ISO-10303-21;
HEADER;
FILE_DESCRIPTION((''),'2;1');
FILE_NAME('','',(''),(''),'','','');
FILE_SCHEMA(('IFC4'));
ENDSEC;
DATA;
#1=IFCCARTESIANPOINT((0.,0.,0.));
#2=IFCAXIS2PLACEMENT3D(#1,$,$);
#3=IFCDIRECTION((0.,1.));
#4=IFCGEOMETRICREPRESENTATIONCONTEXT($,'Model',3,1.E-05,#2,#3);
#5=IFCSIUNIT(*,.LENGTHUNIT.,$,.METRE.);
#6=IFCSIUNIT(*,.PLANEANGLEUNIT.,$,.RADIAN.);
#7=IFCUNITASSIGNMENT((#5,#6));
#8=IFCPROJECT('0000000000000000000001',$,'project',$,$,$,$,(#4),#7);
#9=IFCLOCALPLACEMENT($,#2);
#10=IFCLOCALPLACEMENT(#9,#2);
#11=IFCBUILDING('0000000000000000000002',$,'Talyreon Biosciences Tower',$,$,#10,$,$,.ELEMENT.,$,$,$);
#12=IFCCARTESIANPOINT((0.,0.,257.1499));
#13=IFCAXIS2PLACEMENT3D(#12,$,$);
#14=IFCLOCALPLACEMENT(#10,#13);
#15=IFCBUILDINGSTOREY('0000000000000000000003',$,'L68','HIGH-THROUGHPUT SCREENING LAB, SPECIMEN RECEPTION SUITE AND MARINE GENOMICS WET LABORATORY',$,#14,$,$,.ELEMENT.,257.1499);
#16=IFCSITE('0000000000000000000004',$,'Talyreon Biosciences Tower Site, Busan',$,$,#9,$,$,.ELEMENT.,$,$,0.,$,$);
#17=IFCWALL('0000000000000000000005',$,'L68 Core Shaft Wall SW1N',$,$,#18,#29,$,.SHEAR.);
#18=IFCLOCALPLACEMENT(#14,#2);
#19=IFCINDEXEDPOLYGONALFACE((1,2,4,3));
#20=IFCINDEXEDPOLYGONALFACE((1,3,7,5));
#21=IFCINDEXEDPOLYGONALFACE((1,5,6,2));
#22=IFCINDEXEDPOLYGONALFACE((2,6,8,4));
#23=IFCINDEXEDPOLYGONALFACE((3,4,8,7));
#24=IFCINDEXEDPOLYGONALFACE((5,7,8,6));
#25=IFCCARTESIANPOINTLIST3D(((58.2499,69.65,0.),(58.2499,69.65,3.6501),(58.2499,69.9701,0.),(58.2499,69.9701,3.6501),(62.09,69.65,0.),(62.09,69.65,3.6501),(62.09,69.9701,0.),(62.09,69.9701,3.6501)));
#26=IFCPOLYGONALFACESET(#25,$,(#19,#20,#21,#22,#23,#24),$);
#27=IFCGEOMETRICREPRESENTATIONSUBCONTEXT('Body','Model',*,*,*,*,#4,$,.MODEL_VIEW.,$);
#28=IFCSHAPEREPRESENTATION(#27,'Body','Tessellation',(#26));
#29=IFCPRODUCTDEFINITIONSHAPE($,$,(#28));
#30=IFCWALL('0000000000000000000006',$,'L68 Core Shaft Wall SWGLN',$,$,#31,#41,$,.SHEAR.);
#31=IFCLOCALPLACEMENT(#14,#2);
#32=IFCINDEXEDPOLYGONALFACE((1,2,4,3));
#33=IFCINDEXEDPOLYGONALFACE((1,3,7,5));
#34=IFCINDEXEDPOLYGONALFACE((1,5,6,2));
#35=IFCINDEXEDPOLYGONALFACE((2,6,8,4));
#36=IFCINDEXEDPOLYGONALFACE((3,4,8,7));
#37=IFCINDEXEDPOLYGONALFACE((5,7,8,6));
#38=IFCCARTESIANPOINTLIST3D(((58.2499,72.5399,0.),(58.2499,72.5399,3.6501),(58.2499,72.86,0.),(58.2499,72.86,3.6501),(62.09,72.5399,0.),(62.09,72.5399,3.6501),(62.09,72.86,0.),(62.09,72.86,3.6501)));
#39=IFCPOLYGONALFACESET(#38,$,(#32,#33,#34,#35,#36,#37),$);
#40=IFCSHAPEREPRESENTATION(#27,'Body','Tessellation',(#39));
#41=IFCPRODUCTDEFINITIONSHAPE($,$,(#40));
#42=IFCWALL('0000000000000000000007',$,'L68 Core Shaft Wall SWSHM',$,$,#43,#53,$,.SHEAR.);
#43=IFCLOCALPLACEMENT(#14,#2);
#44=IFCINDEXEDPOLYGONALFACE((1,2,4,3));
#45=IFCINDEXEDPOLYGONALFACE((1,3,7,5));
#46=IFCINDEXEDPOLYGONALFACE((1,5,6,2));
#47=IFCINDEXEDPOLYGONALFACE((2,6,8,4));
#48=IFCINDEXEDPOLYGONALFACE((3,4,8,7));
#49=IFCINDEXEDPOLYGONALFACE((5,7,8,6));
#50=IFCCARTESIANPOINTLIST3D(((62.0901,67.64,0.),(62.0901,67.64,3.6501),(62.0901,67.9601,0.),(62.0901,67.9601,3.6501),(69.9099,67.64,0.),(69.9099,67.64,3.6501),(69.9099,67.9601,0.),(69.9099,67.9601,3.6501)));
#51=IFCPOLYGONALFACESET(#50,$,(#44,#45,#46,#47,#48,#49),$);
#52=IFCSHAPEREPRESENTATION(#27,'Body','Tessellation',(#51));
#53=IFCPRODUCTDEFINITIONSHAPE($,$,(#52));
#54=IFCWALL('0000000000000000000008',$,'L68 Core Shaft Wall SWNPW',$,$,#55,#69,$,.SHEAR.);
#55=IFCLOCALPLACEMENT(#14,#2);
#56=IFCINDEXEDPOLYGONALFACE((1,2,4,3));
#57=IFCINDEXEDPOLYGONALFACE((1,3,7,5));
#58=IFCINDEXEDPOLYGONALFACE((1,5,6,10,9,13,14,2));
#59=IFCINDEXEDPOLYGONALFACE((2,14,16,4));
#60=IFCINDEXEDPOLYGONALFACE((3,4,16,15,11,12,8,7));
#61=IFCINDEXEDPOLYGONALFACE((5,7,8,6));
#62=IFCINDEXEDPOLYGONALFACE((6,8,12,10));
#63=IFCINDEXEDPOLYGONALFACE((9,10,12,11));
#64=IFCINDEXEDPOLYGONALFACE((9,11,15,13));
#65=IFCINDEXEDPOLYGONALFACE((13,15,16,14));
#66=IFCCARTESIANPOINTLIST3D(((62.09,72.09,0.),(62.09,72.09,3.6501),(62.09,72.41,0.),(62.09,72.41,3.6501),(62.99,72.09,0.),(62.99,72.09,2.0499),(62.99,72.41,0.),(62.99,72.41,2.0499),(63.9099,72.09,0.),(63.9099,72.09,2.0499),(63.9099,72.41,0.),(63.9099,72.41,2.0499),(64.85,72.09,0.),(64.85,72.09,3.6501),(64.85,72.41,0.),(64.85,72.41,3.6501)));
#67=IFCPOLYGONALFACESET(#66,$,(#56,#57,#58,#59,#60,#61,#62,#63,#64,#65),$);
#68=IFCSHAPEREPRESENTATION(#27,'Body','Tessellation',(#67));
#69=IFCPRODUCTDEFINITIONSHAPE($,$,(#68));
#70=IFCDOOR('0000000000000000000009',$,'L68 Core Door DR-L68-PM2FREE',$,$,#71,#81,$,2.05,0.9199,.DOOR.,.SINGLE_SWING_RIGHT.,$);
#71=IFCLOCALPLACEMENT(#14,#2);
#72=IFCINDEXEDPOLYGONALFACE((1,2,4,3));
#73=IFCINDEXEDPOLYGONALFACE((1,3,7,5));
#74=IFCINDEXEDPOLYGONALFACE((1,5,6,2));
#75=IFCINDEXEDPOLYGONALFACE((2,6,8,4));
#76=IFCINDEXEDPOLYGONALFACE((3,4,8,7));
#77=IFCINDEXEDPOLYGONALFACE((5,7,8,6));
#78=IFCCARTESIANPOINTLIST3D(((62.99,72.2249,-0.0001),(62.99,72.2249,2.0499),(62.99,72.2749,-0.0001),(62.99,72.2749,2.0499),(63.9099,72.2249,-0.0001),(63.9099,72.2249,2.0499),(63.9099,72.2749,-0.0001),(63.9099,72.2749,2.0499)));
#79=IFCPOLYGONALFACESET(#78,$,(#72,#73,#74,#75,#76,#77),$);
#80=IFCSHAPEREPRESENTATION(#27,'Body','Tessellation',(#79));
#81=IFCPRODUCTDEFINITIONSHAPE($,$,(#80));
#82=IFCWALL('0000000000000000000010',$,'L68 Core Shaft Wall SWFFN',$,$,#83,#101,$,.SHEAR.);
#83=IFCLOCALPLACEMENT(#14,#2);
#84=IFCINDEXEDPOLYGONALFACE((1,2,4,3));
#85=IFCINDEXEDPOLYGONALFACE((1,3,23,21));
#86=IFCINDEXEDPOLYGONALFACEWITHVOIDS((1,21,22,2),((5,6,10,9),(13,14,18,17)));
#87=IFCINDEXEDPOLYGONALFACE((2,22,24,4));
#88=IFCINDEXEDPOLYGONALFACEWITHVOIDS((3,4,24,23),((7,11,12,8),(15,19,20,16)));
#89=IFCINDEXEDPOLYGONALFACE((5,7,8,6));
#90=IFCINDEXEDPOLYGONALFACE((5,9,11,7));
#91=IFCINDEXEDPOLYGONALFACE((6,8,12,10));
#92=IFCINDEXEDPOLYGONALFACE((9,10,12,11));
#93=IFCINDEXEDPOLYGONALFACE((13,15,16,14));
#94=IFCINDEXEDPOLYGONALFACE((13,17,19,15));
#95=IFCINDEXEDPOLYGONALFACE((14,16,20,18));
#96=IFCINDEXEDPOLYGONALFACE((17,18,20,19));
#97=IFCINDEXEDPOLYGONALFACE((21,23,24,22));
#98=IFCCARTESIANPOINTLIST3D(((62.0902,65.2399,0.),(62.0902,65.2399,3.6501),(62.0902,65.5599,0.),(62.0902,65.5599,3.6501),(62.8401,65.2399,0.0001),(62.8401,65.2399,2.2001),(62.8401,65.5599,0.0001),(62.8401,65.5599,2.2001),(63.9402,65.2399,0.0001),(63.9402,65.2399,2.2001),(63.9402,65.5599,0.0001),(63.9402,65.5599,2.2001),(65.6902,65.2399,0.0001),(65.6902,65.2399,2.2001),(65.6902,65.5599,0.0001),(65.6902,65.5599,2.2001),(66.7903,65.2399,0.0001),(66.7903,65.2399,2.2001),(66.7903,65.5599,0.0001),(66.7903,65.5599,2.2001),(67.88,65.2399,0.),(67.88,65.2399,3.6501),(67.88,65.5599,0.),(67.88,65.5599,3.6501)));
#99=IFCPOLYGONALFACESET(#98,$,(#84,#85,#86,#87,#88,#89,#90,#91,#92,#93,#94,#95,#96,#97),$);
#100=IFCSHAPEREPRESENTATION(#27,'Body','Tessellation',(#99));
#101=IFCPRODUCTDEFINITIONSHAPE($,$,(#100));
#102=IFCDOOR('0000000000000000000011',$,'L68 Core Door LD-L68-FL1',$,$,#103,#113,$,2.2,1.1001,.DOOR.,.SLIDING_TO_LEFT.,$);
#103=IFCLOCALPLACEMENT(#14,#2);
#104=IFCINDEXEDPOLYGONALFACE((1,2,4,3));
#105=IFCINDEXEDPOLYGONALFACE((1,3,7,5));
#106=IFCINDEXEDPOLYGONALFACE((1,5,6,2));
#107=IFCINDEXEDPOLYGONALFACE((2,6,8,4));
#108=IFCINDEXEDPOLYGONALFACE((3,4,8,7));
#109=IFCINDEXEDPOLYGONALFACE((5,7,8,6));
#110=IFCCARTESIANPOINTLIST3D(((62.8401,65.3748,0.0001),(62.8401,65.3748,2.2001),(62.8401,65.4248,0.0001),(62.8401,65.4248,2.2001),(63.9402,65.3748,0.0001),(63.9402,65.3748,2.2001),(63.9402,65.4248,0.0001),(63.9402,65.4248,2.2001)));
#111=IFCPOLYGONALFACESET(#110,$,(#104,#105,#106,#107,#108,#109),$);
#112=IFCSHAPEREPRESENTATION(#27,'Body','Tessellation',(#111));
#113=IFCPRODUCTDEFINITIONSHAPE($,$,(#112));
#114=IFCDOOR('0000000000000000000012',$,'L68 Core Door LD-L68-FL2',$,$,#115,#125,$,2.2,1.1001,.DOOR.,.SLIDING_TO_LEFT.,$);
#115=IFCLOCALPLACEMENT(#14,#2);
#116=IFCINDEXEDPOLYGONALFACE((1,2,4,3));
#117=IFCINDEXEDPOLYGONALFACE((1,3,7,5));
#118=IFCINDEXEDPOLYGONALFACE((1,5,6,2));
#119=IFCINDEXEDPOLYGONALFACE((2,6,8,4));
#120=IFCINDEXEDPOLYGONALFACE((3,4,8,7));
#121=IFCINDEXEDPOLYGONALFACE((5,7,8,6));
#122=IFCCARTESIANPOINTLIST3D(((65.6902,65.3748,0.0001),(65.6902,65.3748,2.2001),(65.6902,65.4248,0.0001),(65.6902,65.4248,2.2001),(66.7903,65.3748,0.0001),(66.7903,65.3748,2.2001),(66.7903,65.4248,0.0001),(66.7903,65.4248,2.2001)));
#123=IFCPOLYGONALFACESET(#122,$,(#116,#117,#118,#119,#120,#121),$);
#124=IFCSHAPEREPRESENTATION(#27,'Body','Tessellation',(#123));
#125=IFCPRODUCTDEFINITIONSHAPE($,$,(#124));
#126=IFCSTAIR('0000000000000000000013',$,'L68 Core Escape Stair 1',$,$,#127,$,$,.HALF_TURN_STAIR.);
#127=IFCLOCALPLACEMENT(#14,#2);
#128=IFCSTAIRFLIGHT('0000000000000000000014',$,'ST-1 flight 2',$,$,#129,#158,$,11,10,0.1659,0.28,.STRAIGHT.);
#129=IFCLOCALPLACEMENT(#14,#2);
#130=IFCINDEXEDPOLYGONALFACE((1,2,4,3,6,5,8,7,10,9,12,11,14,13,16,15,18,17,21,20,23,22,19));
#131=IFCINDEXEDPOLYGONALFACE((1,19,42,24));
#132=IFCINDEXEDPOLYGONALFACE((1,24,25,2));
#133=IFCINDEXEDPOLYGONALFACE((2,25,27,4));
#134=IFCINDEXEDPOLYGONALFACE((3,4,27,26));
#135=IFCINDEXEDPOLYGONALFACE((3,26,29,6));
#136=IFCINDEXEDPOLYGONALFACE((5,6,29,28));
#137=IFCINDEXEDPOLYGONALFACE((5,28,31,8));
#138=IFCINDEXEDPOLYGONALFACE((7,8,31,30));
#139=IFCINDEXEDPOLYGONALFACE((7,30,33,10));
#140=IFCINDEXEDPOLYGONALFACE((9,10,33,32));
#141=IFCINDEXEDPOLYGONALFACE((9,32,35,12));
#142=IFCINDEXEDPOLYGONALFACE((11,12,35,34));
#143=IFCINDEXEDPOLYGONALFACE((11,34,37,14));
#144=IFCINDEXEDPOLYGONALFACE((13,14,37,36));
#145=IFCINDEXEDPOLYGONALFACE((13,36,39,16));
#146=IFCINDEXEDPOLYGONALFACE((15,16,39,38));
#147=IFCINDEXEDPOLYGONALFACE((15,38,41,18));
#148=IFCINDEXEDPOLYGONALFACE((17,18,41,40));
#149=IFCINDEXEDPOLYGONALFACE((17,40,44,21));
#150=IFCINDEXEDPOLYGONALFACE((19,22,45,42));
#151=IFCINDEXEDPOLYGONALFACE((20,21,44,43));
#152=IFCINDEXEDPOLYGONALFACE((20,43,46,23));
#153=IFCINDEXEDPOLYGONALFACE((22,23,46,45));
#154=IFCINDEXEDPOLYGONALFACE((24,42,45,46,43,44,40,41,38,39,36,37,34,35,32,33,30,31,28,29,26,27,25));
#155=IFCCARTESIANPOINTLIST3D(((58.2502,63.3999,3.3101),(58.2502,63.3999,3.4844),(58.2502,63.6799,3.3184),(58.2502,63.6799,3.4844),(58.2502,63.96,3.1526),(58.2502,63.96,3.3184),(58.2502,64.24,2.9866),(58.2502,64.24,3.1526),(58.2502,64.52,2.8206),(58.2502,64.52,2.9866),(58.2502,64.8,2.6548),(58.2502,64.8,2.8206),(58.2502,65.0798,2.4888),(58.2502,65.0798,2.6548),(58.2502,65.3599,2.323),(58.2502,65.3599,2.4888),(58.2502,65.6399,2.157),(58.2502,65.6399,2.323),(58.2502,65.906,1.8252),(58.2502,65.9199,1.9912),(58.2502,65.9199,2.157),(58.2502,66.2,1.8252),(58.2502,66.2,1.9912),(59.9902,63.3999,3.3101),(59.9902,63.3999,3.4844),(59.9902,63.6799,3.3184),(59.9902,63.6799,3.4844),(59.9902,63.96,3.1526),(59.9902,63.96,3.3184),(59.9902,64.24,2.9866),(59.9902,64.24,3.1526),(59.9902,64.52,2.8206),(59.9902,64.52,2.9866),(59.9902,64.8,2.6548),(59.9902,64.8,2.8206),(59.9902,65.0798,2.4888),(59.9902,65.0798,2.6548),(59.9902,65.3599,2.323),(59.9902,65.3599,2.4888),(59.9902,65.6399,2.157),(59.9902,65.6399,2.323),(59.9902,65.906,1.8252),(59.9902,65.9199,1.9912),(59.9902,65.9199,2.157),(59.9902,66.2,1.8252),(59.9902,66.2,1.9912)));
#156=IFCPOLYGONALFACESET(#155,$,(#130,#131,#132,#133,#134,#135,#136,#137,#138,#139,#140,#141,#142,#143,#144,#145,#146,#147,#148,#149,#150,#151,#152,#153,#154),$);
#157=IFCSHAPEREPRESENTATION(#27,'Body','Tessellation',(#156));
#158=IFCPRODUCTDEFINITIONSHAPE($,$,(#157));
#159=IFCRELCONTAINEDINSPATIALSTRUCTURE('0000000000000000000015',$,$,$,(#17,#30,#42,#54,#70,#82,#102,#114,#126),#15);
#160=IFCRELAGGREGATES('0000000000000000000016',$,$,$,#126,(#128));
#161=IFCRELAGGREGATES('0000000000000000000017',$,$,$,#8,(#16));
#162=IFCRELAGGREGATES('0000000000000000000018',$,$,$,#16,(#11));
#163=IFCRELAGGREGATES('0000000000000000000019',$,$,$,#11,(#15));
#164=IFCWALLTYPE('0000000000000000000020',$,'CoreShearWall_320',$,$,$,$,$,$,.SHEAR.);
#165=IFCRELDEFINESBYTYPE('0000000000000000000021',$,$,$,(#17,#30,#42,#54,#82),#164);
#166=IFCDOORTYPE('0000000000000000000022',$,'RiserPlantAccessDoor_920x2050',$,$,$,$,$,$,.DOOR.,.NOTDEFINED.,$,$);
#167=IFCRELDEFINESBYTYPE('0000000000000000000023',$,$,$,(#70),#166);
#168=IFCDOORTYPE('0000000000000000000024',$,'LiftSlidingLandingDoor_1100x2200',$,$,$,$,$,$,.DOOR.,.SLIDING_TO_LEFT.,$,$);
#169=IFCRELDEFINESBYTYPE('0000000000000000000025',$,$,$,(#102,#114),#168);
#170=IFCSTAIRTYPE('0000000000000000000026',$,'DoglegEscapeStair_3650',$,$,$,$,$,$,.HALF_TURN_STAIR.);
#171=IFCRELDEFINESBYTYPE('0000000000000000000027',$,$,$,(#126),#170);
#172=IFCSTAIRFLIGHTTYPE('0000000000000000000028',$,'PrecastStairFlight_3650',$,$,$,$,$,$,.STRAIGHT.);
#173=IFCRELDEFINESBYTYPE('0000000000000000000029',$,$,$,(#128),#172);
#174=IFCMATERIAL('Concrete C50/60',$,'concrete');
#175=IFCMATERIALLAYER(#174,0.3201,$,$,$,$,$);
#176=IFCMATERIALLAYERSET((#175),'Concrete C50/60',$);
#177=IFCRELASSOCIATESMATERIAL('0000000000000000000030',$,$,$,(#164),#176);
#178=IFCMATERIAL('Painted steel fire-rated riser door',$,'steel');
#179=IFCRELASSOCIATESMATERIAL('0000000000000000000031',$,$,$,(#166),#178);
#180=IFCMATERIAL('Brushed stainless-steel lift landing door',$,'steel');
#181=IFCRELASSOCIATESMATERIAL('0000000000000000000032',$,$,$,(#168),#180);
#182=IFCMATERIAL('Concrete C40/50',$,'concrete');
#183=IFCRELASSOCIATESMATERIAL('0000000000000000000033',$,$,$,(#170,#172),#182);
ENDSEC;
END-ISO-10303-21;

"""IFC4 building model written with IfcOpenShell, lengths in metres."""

from ifc_helpers import new_model, si_unit, direction, frame, frame_2d, origin, place, context, subcontext, project, spatial, polyline, rectangle, outline, extrude, material, layer, layer_set, type_object, element, fill, aggregate, save


model = new_model("IFC4")

# Units and contexts
model_context = context("Model", 3, precision=1e-05, world=origin(), true_north=direction((0.0, 1.0)))
body_context = subcontext(model_context, "Body", "Model", "MODEL_VIEW")
ifc_project = project(units=[si_unit("LENGTHUNIT", "METRE"), si_unit("PLANEANGLEUNIT", "RADIAN")], contexts=[model_context])

# Site, building, storey
site_placement = place(None, origin())
site = spatial("IfcSite", under=ifc_project, at=site_placement, Name="Talyreon Biosciences Tower Site, Busan", CompositionType="ELEMENT", RefElevation=0.0)
building_placement = place(site_placement, origin())
building = spatial("IfcBuilding", under=site, at=building_placement, Name="Talyreon Biosciences Tower", CompositionType="ELEMENT")
storey_placement = place(building_placement, frame((0.0, 0.0, 257.1499)))
storey = spatial("IfcBuildingStorey", under=building, at=storey_placement, Name="L68", Description="HIGH-THROUGHPUT SCREENING LAB, SPECIMEN RECEPTION SUITE AND MARINE GENOMICS WET LABORATORY", CompositionType="ELEMENT", Elevation=257.1499)

# Walls
ifc_material_1 = material(Name="Concrete C50/60", Category="concrete")
ifc_layer = layer(ifc_material_1, 0.3201)
ifc_layer_set = layer_set([ifc_layer], Name="Concrete C50/60")
wall_type = type_object("IfcWallType", Name="CoreShearWall_320", PredefinedType="SHEAR", material=ifc_layer_set)
for number, where, z_axis, x_axis, name in (
    (1, (58.25, 69.8101, 0.0), (0.0, 0.0, 1.0), (1.0, 0.0, 0.0), "L68 Core Shaft Wall SW1N"),
    (2, (58.25, 72.7, 0.0), (0.0, 0.0, 1.0), (1.0, 0.0, 0.0), "L68 Core Shaft Wall SWGLN"),
):
    element("IfcWall", number, at=place(storey_placement, frame(where, z_axis=z_axis, x_axis=x_axis)), inside=storey, type_object=wall_type, Name=name, PredefinedType="SHEAR", context=body_context, shape_type="SweptSolid", body=[
        extrude(rectangle(XDim=3.8401, YDim=0.3201, at=frame_2d((1.9199, 0.0))), origin(), (0.0, 0.0, 1.0), 3.6501),
    ])
wall_1_placement = place(storey_placement, frame((62.0901, 67.8, 0.0), z_axis=(0.0, 0.0, 1.0), x_axis=(1.0, 0.0, 0.0)))
element("IfcWall", 3, at=wall_1_placement, inside=storey, type_object=wall_type, Name="L68 Core Shaft Wall SWSHM", PredefinedType="SHEAR", context=body_context, shape_type="SweptSolid", body=[
    extrude(rectangle(XDim=7.8198, YDim=0.3201, at=frame_2d((3.9099, 0.0))), origin(), (0.0, 0.0, 1.0), 3.6501),
])

# Wall, opening, door
wall_2_placement = place(storey_placement, frame((62.0901, 72.25, 0.0), z_axis=(0.0, 0.0, 1.0), x_axis=(1.0, 0.0, 0.0)))
wall_2 = element("IfcWall", 4, at=wall_2_placement, inside=storey, type_object=wall_type, Name="L68 Core Shaft Wall SWNPW", PredefinedType="SHEAR", context=body_context, shape_type="SweptSolid", body=[
    extrude(rectangle(XDim=2.76, YDim=0.3201, at=frame_2d((1.3799, 0.0))), origin(), (0.0, 0.0, 1.0), 3.6501),
])
opening_1_placement = place(wall_2_placement, frame((0.8999, 0.0, 0.0)))
opening_1 = element("IfcOpeningElement", 5, at=opening_1_placement, cuts=wall_2, PredefinedType="OPENING", context=body_context, shape_type="SweptSolid", body=[
    extrude(rectangle(XDim=0.9199, YDim=2.05, at=frame_2d((0.46, 1.0249))), frame((0.0, 0.1699, 0.0), z_axis=(0.0, -1.0, 0.0), x_axis=(1.0, 0.0, 0.0)), (0.0, 0.0, 1.0), 0.3401),
])
ifc_material_2 = material(Name="Painted steel fire-rated riser door", Category="steel")
door_type_1 = type_object("IfcDoorType", Name="RiserPlantAccessDoor_920x2050", OperationType="NOTDEFINED", PredefinedType="DOOR", material=ifc_material_2)
door_1_placement = place(opening_1_placement, origin())
door_1 = element("IfcDoor", 6, at=door_1_placement, inside=storey, type_object=door_type_1, Name="L68 Core Door DR-L68-PM2FREE", OperationType="SINGLE_SWING_RIGHT", OverallHeight=2.05, OverallWidth=0.9199, PredefinedType="DOOR", context=body_context, shape_type="SweptSolid", body=[
    extrude(rectangle(XDim=0.9199, YDim=2.05, at=frame_2d((0.46, 1.0249))), frame((0.0, 0.0249, 0.0), z_axis=(0.0, -1.0, 0.0), x_axis=(1.0, 0.0, 0.0)), (0.0, 0.0, 1.0), 0.05),
])
fill(opening_1, door_1)

# Wall, openings, doors
wall_3_placement = place(storey_placement, frame((62.0901, 65.3999, 0.0), z_axis=(0.0, 0.0, 1.0), x_axis=(1.0, 0.0, 0.0)))
wall_3 = element("IfcWall", 7, at=wall_3_placement, inside=storey, type_object=wall_type, Name="L68 Core Shaft Wall SWFFN", PredefinedType="SHEAR", context=body_context, shape_type="SweptSolid", body=[
    extrude(rectangle(XDim=5.7898, YDim=0.3201, at=frame_2d((2.895, 0.0))), origin(), (0.0, 0.0, 1.0), 3.6501),
])
opening_2_placement = place(wall_3_placement, frame((0.75, 0.0, 0.0)))
opening_2 = element("IfcOpeningElement", 8, at=opening_2_placement, cuts=wall_3, PredefinedType="OPENING", context=body_context, shape_type="SweptSolid", body=[
    extrude(rectangle(XDim=1.1001, YDim=2.2, at=frame_2d((0.55, 1.1001))), frame((0.0, 0.1699, 0.0), z_axis=(0.0, -1.0, 0.0), x_axis=(1.0, 0.0, 0.0)), (0.0, 0.0, 1.0), 0.3401),
])
opening_3_placement = place(wall_3_placement, frame((3.6001, 0.0, 0.0)))
opening_3 = element("IfcOpeningElement", 9, at=opening_3_placement, cuts=wall_3, PredefinedType="OPENING", context=body_context, shape_type="SweptSolid", body=[
    extrude(rectangle(XDim=1.1001, YDim=2.2, at=frame_2d((0.55, 1.1001))), frame((0.0, 0.1699, 0.0), z_axis=(0.0, -1.0, 0.0), x_axis=(1.0, 0.0, 0.0)), (0.0, 0.0, 1.0), 0.3401),
])
ifc_material_3 = material(Name="Brushed stainless-steel lift landing door", Category="steel")
door_type_2 = type_object("IfcDoorType", Name="LiftSlidingLandingDoor_1100x2200", OperationType="SLIDING_TO_LEFT", PredefinedType="DOOR", material=ifc_material_3)
door_2_placement = place(opening_2_placement, origin())
door_2 = element("IfcDoor", 10, at=door_2_placement, inside=storey, type_object=door_type_2, Name="L68 Core Door LD-L68-FL1", OperationType="SLIDING_TO_LEFT", OverallHeight=2.2, OverallWidth=1.1001, PredefinedType="DOOR", context=body_context, shape_type="SweptSolid", body=[
    extrude(rectangle(XDim=1.1001, YDim=2.2, at=frame_2d((0.55, 1.1001))), frame((0.0, 0.0249, 0.0), z_axis=(0.0, -1.0, 0.0), x_axis=(1.0, 0.0, 0.0)), (0.0, 0.0, 1.0), 0.05),
])
fill(opening_2, door_2)
door_3_placement = place(opening_3_placement, origin())
door_3 = element("IfcDoor", 11, at=door_3_placement, inside=storey, type_object=door_type_2, Name="L68 Core Door LD-L68-FL2", OperationType="SLIDING_TO_LEFT", OverallHeight=2.2, OverallWidth=1.1001, PredefinedType="DOOR", context=body_context, shape_type="SweptSolid", body=[
    extrude(rectangle(XDim=1.1001, YDim=2.2, at=frame_2d((0.55, 1.1001))), frame((0.0, 0.0249, 0.0), z_axis=(0.0, -1.0, 0.0), x_axis=(1.0, 0.0, 0.0)), (0.0, 0.0, 1.0), 0.05),
])
fill(opening_3, door_3)

# Stair, stair flight
ifc_material_4 = material(Name="Concrete C40/50", Category="concrete")
stair_type = type_object("IfcStairType", Name="DoglegEscapeStair_3650", PredefinedType="HALF_TURN_STAIR", material=ifc_material_4)
stair_placement = place(storey_placement, origin())
stair = element("IfcStair", 12, at=stair_placement, inside=storey, type_object=stair_type, Name="L68 Core Escape Stair 1", PredefinedType="HALF_TURN_STAIR")
stair_flight_type = type_object("IfcStairFlightType", Name="PrecastStairFlight_3650", PredefinedType="STRAIGHT", material=ifc_material_4)
stair_flight_placement = place(storey_placement, frame((59.1201, 66.2, 1.8252), z_axis=(0.0, 0.0, 1.0), x_axis=(0.0, -1.0, 0.0)))
stair_flight = element("IfcStairFlight", 13, at=stair_flight_placement, type_object=stair_flight_type, Name="ST-1 flight 2", NumberOfRisers=11, NumberOfTreads=10, PredefinedType="STRAIGHT", RiserHeight=0.1659, TreadLength=0.28, context=body_context, shape_type="SweptSolid", body=[
    extrude(outline(polyline([(0.0, 0.0), (0.0, 0.166), (0.28, 0.166), (0.28, 0.3318), (0.5601, 0.3318), (0.5601, 0.4978), (0.8401, 0.4978), (0.8401, 0.6636), (1.1201, 0.6636), (1.1201, 0.8296), (1.3999, 0.8296), (1.3999, 0.9954), (1.6799, 0.9954), (1.6799, 1.1614), (1.96, 1.1614), (1.96, 1.3274), (2.24, 1.3274), (2.24, 1.4932), (2.52, 1.4932), (2.52, 1.6592), (2.8, 1.6592), (2.8, 1.825), (2.8, 1.4849), (0.2939, 0.0), (0.0, 0.0)])), frame((0.0, 0.8701, 0.0), z_axis=(0.0, -1.0, 0.0), x_axis=(1.0, 0.0, 0.0)), (0.0, 0.0, 1.0), 1.74),
])
aggregate(stair, [stair_flight])

save(model, "model.ifc")
